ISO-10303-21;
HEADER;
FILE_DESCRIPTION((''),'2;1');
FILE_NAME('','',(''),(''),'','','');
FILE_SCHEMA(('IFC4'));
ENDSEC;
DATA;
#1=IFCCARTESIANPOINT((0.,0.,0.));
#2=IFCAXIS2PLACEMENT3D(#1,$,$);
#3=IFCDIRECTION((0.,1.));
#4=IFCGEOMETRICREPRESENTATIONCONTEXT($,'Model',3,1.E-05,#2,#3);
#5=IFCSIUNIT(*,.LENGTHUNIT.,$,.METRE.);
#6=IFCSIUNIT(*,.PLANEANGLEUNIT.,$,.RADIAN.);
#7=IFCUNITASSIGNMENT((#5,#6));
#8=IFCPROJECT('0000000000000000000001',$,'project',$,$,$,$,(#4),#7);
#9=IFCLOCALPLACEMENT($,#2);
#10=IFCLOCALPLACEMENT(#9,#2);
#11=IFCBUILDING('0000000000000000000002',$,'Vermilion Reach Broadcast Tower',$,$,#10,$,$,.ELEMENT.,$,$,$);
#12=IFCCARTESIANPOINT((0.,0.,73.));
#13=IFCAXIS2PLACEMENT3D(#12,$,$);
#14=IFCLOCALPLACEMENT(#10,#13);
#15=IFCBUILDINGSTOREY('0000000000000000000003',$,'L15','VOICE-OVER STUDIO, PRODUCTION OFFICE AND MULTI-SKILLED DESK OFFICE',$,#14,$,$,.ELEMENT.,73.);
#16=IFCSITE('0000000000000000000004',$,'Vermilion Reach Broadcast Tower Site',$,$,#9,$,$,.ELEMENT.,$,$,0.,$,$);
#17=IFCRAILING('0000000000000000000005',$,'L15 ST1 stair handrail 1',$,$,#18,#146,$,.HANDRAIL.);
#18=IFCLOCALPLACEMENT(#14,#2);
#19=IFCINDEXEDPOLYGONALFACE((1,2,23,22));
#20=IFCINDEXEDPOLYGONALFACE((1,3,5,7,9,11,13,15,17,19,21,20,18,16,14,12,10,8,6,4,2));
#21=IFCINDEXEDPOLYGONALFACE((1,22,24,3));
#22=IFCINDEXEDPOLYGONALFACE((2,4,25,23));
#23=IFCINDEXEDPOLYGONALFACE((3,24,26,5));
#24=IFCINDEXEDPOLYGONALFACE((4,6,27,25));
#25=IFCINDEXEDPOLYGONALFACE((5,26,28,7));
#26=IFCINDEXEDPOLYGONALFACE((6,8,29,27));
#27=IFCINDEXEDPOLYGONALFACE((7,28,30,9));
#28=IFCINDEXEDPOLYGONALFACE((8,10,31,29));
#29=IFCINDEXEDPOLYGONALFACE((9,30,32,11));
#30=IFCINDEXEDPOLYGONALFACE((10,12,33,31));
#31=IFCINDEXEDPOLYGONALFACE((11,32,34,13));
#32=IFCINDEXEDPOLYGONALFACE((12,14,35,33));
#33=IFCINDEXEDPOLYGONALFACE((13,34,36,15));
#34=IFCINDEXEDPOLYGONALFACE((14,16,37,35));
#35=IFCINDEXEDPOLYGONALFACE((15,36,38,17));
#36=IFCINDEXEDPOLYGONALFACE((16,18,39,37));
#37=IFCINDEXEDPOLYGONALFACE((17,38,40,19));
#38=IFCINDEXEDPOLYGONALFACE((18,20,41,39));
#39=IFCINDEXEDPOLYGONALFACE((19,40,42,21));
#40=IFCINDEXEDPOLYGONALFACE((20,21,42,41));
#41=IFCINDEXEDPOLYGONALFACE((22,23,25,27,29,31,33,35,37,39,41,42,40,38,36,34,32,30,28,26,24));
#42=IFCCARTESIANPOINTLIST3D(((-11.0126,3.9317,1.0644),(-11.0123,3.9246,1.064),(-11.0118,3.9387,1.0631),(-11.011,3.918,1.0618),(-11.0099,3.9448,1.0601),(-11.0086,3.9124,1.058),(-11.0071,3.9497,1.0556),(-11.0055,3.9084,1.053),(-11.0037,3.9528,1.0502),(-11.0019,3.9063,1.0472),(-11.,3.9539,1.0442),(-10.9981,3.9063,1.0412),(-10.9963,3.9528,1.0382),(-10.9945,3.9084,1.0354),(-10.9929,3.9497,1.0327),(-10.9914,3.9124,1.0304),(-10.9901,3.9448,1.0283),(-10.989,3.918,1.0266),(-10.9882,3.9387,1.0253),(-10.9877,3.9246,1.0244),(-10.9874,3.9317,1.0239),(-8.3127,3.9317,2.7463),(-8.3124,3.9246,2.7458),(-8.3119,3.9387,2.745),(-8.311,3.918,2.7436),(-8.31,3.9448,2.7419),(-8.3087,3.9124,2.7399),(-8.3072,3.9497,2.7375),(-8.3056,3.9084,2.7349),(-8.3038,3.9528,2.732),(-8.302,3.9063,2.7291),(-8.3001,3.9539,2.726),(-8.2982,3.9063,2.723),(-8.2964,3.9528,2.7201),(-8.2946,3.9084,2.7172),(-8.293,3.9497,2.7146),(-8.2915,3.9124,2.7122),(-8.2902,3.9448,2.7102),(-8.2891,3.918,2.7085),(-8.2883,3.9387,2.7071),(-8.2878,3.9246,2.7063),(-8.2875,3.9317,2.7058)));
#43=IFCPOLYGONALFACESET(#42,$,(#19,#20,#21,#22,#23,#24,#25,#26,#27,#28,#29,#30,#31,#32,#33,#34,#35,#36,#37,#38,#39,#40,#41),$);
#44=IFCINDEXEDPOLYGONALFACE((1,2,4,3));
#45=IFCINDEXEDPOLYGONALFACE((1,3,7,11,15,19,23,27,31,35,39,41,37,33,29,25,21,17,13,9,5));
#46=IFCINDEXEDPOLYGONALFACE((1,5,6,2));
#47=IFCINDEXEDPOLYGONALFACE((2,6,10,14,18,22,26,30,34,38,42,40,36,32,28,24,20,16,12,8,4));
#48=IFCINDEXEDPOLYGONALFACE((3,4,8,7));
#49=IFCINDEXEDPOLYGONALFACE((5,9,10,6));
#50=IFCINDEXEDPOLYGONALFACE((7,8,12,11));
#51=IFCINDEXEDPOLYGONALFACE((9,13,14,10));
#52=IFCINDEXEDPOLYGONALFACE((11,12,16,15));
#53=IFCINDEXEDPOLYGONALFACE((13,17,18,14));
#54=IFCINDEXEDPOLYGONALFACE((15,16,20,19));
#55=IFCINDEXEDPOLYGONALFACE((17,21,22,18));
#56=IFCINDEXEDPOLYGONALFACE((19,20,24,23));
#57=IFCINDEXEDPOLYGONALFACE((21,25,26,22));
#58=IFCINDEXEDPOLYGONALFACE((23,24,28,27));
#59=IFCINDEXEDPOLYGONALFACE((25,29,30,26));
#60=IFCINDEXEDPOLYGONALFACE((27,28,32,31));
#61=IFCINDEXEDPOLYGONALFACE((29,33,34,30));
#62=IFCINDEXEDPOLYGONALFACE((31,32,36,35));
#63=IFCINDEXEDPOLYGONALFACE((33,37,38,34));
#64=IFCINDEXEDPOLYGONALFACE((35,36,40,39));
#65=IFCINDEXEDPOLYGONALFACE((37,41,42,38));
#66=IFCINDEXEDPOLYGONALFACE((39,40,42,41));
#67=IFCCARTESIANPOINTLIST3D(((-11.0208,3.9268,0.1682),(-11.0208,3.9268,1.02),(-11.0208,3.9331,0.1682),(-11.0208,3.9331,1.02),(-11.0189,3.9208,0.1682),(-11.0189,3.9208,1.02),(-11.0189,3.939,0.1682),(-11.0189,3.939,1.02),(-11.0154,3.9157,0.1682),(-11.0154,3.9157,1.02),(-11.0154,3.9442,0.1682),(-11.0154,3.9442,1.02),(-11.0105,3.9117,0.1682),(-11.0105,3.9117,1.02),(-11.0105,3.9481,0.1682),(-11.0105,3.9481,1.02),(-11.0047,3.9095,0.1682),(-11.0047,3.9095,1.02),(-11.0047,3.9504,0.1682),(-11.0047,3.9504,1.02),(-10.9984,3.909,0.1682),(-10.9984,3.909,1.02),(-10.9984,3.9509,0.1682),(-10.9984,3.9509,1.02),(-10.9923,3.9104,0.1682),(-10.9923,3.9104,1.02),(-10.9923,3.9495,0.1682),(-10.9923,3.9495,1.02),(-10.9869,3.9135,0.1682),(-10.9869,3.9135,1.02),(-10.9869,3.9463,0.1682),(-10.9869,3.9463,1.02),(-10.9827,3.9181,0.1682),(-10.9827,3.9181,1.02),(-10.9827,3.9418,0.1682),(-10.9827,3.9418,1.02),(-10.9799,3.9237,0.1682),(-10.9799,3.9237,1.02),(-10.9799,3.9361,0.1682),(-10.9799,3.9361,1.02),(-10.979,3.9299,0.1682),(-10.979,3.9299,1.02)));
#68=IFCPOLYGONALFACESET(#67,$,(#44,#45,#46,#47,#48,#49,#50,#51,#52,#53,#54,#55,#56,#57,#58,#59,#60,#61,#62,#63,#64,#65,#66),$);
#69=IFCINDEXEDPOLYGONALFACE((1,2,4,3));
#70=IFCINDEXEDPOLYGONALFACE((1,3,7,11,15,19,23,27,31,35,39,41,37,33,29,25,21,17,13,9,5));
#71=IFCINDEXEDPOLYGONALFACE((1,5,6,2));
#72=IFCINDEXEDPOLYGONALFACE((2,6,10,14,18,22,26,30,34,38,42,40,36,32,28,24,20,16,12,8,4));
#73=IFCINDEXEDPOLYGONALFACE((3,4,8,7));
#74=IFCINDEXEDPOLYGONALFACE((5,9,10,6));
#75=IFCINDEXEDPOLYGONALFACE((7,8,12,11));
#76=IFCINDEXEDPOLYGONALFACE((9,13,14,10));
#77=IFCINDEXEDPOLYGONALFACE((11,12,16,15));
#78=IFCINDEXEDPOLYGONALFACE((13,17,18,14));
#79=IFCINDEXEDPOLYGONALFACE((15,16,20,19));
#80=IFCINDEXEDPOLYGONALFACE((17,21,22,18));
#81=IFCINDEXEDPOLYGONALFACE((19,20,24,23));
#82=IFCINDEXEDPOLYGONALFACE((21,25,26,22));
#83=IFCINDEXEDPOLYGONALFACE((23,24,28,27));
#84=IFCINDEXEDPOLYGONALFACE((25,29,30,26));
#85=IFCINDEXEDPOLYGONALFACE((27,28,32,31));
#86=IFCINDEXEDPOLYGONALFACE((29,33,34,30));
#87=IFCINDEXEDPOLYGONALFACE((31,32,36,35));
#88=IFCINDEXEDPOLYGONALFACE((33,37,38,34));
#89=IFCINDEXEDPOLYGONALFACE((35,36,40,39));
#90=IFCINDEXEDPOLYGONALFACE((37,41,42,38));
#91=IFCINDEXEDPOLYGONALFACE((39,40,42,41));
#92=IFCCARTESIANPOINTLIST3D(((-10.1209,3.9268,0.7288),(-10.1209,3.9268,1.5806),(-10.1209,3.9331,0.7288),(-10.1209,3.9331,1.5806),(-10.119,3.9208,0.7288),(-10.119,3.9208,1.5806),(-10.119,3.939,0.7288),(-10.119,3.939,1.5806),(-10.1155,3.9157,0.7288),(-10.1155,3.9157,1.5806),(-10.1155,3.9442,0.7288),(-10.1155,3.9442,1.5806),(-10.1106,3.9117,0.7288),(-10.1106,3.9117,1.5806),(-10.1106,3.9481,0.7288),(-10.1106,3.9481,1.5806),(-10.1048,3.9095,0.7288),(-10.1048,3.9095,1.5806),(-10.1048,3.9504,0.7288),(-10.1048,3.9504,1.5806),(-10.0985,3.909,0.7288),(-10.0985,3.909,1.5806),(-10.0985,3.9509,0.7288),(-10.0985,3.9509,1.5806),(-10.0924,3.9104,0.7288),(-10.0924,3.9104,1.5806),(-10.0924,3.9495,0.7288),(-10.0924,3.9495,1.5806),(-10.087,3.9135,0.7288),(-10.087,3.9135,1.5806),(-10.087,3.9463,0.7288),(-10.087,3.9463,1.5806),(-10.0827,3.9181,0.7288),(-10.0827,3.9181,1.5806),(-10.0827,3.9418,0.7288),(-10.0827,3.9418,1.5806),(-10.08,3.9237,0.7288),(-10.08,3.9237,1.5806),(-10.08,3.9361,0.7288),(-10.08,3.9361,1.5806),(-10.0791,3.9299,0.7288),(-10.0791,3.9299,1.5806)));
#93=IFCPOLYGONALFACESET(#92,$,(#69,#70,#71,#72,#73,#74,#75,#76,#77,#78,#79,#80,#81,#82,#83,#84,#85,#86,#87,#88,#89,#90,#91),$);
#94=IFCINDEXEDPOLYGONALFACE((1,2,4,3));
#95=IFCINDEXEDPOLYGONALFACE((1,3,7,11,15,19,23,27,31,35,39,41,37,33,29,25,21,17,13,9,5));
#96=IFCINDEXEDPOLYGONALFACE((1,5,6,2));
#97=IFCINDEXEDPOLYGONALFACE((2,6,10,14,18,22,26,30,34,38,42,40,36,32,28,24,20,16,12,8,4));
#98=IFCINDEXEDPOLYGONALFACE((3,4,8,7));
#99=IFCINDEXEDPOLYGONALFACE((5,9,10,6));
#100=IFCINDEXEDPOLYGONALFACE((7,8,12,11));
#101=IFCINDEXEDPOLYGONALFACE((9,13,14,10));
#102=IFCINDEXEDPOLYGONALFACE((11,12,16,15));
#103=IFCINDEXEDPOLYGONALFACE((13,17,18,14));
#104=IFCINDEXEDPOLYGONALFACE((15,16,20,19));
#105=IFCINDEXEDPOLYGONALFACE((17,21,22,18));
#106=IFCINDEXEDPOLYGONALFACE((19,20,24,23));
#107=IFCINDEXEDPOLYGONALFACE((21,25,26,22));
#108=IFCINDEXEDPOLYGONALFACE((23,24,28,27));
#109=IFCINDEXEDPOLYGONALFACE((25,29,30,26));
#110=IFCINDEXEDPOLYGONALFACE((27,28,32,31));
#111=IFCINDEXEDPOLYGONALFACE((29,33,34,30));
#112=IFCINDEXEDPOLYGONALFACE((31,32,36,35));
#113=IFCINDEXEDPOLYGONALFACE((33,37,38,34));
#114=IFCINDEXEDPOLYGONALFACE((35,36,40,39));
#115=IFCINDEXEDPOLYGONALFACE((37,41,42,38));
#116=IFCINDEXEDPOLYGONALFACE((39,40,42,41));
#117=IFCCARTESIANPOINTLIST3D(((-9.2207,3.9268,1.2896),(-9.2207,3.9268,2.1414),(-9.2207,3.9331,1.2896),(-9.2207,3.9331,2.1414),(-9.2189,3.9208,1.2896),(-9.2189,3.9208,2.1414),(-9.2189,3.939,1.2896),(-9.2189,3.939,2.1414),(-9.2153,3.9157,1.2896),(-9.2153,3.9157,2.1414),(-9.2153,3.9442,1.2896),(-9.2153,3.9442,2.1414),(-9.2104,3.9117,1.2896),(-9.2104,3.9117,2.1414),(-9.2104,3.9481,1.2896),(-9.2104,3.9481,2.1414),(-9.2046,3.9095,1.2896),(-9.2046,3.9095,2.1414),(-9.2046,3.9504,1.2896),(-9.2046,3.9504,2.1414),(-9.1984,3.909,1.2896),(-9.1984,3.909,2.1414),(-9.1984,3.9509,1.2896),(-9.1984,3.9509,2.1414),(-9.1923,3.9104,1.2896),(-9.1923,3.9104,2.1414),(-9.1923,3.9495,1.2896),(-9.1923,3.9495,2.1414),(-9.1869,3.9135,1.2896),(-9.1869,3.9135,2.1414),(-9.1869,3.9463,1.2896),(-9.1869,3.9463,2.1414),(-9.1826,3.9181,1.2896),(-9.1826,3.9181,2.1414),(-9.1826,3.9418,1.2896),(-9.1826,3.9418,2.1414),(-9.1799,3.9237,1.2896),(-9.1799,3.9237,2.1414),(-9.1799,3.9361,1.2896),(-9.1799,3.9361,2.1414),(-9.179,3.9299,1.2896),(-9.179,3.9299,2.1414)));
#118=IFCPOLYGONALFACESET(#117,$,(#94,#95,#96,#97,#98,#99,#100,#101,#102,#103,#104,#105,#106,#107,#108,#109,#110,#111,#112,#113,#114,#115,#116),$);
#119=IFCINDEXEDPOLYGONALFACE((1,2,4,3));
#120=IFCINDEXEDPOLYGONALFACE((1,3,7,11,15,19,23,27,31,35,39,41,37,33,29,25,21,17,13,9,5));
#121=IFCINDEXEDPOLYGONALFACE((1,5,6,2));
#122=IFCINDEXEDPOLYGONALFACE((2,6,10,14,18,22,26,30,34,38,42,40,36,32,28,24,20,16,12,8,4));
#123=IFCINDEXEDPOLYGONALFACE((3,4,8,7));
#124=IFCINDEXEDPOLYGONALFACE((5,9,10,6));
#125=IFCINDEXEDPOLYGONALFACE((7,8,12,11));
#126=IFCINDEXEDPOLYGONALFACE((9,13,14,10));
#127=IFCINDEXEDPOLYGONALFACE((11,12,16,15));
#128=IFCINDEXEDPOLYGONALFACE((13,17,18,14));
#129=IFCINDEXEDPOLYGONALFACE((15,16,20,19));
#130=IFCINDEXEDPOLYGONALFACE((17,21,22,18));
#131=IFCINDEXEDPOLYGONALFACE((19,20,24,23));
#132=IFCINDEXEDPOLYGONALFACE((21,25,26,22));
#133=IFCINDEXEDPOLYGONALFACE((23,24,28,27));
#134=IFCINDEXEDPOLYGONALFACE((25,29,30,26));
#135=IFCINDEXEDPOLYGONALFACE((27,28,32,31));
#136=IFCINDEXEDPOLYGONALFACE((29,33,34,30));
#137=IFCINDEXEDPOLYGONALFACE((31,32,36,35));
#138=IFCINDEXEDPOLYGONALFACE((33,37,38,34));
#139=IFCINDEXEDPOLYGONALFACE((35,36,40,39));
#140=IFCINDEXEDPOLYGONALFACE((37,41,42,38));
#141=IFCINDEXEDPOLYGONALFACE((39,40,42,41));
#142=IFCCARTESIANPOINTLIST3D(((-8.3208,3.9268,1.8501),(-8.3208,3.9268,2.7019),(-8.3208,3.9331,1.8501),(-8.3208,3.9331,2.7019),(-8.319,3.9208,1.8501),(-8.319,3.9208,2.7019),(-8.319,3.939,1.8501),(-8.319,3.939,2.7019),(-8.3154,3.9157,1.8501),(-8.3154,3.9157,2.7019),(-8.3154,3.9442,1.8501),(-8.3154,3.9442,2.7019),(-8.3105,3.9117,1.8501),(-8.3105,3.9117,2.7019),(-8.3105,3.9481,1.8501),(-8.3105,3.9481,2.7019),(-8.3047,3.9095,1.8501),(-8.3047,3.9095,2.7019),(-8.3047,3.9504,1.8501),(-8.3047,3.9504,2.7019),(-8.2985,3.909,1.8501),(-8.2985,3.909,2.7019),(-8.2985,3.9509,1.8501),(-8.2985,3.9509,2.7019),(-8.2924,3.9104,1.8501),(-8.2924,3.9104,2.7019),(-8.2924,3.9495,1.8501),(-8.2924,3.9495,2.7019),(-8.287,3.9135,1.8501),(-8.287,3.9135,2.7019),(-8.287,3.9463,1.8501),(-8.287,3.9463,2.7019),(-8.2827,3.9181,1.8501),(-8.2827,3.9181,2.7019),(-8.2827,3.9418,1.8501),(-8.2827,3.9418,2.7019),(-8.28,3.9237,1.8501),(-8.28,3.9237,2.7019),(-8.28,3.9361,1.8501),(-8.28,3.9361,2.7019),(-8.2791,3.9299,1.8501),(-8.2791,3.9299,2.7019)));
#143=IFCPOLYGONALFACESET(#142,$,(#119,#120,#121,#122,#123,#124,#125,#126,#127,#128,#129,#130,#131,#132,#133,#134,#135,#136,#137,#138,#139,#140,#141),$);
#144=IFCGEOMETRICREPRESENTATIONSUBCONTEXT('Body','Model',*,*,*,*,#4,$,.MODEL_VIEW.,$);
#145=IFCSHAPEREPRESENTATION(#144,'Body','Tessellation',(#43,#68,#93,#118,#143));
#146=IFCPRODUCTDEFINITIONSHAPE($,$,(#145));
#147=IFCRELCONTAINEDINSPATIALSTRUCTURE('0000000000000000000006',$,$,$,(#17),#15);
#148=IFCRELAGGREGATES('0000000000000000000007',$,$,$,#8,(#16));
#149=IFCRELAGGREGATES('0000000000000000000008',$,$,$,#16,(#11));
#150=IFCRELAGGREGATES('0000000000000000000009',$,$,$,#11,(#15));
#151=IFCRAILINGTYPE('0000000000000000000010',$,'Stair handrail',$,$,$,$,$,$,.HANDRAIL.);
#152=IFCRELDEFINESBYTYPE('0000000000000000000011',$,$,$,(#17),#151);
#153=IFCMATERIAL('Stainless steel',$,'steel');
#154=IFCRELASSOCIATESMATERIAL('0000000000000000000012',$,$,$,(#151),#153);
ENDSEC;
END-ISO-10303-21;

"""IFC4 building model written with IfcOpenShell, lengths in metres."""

from ifc_helpers import new_model, si_unit, direction, frame, origin, origin_2d, place, context, subcontext, project, spatial, circle, extrude, material, type_object, element, save


model = new_model("IFC4")

# Units and contexts
model_context = context("Model", 3, precision=1e-05, world=origin(), true_north=direction((0.0, 1.0)))
body_context = subcontext(model_context, "Body", "Model", "MODEL_VIEW")
ifc_project = project(units=[si_unit("LENGTHUNIT", "METRE"), si_unit("PLANEANGLEUNIT", "RADIAN")], contexts=[model_context])

# Site, building, storey
site_placement = place(None, origin())
site = spatial("IfcSite", under=ifc_project, at=site_placement, Name="Vermilion Reach Broadcast Tower Site", CompositionType="ELEMENT", RefElevation=0.0)
building_placement = place(site_placement, origin())
building = spatial("IfcBuilding", under=site, at=building_placement, Name="Vermilion Reach Broadcast Tower", CompositionType="ELEMENT")
storey_placement = place(building_placement, frame((0.0, 0.0, 73.0)))
storey = spatial("IfcBuildingStorey", under=building, at=storey_placement, Name="L15", Description="VOICE-OVER STUDIO, PRODUCTION OFFICE AND MULTI-SKILLED DESK OFFICE", CompositionType="ELEMENT", Elevation=73.0)

# Railing
ifc_material_1 = material(Name="Stainless steel", Category="steel")
railing_type_1 = type_object("IfcRailingType", Name="Stair handrail", PredefinedType="HANDRAIL", material=ifc_material_1)
railing_1_placement = place(storey_placement, frame((-11.0, 3.9299, 0.1682)))
element("IfcRailing", 1, at=railing_1_placement, inside=storey, type_object=railing_type_1, Name="L15 ST1 stair handrail 1", PredefinedType="HANDRAIL", context=body_context, shape_type="SweptSolid", body=[
    extrude(circle(Radius=0.0239, at=origin_2d()), frame((0.0, 0.0, 0.876), z_axis=(0.848786, 0.0, 0.528736), x_axis=(0.0, 1.0, 0.0)), (0.0, 0.0, 1.0), 3.1809),
    extrude(circle(Radius=0.021, at=origin_2d()), origin(), (0.0, 0.0, 1.0), 0.8518),
    extrude(circle(Radius=0.021, at=origin_2d()), frame((0.8999, 0.0, 0.5605)), (0.0, 0.0, 1.0), 0.8518),
    extrude(circle(Radius=0.021, at=origin_2d()), frame((1.8, 0.0, 1.1213)), (0.0, 0.0, 1.0), 0.8518),
    extrude(circle(Radius=0.021, at=origin_2d()), frame((2.7, 0.0, 1.6819)), (0.0, 0.0, 1.0), 0.8518),
])

save(model, "model.ifc")
